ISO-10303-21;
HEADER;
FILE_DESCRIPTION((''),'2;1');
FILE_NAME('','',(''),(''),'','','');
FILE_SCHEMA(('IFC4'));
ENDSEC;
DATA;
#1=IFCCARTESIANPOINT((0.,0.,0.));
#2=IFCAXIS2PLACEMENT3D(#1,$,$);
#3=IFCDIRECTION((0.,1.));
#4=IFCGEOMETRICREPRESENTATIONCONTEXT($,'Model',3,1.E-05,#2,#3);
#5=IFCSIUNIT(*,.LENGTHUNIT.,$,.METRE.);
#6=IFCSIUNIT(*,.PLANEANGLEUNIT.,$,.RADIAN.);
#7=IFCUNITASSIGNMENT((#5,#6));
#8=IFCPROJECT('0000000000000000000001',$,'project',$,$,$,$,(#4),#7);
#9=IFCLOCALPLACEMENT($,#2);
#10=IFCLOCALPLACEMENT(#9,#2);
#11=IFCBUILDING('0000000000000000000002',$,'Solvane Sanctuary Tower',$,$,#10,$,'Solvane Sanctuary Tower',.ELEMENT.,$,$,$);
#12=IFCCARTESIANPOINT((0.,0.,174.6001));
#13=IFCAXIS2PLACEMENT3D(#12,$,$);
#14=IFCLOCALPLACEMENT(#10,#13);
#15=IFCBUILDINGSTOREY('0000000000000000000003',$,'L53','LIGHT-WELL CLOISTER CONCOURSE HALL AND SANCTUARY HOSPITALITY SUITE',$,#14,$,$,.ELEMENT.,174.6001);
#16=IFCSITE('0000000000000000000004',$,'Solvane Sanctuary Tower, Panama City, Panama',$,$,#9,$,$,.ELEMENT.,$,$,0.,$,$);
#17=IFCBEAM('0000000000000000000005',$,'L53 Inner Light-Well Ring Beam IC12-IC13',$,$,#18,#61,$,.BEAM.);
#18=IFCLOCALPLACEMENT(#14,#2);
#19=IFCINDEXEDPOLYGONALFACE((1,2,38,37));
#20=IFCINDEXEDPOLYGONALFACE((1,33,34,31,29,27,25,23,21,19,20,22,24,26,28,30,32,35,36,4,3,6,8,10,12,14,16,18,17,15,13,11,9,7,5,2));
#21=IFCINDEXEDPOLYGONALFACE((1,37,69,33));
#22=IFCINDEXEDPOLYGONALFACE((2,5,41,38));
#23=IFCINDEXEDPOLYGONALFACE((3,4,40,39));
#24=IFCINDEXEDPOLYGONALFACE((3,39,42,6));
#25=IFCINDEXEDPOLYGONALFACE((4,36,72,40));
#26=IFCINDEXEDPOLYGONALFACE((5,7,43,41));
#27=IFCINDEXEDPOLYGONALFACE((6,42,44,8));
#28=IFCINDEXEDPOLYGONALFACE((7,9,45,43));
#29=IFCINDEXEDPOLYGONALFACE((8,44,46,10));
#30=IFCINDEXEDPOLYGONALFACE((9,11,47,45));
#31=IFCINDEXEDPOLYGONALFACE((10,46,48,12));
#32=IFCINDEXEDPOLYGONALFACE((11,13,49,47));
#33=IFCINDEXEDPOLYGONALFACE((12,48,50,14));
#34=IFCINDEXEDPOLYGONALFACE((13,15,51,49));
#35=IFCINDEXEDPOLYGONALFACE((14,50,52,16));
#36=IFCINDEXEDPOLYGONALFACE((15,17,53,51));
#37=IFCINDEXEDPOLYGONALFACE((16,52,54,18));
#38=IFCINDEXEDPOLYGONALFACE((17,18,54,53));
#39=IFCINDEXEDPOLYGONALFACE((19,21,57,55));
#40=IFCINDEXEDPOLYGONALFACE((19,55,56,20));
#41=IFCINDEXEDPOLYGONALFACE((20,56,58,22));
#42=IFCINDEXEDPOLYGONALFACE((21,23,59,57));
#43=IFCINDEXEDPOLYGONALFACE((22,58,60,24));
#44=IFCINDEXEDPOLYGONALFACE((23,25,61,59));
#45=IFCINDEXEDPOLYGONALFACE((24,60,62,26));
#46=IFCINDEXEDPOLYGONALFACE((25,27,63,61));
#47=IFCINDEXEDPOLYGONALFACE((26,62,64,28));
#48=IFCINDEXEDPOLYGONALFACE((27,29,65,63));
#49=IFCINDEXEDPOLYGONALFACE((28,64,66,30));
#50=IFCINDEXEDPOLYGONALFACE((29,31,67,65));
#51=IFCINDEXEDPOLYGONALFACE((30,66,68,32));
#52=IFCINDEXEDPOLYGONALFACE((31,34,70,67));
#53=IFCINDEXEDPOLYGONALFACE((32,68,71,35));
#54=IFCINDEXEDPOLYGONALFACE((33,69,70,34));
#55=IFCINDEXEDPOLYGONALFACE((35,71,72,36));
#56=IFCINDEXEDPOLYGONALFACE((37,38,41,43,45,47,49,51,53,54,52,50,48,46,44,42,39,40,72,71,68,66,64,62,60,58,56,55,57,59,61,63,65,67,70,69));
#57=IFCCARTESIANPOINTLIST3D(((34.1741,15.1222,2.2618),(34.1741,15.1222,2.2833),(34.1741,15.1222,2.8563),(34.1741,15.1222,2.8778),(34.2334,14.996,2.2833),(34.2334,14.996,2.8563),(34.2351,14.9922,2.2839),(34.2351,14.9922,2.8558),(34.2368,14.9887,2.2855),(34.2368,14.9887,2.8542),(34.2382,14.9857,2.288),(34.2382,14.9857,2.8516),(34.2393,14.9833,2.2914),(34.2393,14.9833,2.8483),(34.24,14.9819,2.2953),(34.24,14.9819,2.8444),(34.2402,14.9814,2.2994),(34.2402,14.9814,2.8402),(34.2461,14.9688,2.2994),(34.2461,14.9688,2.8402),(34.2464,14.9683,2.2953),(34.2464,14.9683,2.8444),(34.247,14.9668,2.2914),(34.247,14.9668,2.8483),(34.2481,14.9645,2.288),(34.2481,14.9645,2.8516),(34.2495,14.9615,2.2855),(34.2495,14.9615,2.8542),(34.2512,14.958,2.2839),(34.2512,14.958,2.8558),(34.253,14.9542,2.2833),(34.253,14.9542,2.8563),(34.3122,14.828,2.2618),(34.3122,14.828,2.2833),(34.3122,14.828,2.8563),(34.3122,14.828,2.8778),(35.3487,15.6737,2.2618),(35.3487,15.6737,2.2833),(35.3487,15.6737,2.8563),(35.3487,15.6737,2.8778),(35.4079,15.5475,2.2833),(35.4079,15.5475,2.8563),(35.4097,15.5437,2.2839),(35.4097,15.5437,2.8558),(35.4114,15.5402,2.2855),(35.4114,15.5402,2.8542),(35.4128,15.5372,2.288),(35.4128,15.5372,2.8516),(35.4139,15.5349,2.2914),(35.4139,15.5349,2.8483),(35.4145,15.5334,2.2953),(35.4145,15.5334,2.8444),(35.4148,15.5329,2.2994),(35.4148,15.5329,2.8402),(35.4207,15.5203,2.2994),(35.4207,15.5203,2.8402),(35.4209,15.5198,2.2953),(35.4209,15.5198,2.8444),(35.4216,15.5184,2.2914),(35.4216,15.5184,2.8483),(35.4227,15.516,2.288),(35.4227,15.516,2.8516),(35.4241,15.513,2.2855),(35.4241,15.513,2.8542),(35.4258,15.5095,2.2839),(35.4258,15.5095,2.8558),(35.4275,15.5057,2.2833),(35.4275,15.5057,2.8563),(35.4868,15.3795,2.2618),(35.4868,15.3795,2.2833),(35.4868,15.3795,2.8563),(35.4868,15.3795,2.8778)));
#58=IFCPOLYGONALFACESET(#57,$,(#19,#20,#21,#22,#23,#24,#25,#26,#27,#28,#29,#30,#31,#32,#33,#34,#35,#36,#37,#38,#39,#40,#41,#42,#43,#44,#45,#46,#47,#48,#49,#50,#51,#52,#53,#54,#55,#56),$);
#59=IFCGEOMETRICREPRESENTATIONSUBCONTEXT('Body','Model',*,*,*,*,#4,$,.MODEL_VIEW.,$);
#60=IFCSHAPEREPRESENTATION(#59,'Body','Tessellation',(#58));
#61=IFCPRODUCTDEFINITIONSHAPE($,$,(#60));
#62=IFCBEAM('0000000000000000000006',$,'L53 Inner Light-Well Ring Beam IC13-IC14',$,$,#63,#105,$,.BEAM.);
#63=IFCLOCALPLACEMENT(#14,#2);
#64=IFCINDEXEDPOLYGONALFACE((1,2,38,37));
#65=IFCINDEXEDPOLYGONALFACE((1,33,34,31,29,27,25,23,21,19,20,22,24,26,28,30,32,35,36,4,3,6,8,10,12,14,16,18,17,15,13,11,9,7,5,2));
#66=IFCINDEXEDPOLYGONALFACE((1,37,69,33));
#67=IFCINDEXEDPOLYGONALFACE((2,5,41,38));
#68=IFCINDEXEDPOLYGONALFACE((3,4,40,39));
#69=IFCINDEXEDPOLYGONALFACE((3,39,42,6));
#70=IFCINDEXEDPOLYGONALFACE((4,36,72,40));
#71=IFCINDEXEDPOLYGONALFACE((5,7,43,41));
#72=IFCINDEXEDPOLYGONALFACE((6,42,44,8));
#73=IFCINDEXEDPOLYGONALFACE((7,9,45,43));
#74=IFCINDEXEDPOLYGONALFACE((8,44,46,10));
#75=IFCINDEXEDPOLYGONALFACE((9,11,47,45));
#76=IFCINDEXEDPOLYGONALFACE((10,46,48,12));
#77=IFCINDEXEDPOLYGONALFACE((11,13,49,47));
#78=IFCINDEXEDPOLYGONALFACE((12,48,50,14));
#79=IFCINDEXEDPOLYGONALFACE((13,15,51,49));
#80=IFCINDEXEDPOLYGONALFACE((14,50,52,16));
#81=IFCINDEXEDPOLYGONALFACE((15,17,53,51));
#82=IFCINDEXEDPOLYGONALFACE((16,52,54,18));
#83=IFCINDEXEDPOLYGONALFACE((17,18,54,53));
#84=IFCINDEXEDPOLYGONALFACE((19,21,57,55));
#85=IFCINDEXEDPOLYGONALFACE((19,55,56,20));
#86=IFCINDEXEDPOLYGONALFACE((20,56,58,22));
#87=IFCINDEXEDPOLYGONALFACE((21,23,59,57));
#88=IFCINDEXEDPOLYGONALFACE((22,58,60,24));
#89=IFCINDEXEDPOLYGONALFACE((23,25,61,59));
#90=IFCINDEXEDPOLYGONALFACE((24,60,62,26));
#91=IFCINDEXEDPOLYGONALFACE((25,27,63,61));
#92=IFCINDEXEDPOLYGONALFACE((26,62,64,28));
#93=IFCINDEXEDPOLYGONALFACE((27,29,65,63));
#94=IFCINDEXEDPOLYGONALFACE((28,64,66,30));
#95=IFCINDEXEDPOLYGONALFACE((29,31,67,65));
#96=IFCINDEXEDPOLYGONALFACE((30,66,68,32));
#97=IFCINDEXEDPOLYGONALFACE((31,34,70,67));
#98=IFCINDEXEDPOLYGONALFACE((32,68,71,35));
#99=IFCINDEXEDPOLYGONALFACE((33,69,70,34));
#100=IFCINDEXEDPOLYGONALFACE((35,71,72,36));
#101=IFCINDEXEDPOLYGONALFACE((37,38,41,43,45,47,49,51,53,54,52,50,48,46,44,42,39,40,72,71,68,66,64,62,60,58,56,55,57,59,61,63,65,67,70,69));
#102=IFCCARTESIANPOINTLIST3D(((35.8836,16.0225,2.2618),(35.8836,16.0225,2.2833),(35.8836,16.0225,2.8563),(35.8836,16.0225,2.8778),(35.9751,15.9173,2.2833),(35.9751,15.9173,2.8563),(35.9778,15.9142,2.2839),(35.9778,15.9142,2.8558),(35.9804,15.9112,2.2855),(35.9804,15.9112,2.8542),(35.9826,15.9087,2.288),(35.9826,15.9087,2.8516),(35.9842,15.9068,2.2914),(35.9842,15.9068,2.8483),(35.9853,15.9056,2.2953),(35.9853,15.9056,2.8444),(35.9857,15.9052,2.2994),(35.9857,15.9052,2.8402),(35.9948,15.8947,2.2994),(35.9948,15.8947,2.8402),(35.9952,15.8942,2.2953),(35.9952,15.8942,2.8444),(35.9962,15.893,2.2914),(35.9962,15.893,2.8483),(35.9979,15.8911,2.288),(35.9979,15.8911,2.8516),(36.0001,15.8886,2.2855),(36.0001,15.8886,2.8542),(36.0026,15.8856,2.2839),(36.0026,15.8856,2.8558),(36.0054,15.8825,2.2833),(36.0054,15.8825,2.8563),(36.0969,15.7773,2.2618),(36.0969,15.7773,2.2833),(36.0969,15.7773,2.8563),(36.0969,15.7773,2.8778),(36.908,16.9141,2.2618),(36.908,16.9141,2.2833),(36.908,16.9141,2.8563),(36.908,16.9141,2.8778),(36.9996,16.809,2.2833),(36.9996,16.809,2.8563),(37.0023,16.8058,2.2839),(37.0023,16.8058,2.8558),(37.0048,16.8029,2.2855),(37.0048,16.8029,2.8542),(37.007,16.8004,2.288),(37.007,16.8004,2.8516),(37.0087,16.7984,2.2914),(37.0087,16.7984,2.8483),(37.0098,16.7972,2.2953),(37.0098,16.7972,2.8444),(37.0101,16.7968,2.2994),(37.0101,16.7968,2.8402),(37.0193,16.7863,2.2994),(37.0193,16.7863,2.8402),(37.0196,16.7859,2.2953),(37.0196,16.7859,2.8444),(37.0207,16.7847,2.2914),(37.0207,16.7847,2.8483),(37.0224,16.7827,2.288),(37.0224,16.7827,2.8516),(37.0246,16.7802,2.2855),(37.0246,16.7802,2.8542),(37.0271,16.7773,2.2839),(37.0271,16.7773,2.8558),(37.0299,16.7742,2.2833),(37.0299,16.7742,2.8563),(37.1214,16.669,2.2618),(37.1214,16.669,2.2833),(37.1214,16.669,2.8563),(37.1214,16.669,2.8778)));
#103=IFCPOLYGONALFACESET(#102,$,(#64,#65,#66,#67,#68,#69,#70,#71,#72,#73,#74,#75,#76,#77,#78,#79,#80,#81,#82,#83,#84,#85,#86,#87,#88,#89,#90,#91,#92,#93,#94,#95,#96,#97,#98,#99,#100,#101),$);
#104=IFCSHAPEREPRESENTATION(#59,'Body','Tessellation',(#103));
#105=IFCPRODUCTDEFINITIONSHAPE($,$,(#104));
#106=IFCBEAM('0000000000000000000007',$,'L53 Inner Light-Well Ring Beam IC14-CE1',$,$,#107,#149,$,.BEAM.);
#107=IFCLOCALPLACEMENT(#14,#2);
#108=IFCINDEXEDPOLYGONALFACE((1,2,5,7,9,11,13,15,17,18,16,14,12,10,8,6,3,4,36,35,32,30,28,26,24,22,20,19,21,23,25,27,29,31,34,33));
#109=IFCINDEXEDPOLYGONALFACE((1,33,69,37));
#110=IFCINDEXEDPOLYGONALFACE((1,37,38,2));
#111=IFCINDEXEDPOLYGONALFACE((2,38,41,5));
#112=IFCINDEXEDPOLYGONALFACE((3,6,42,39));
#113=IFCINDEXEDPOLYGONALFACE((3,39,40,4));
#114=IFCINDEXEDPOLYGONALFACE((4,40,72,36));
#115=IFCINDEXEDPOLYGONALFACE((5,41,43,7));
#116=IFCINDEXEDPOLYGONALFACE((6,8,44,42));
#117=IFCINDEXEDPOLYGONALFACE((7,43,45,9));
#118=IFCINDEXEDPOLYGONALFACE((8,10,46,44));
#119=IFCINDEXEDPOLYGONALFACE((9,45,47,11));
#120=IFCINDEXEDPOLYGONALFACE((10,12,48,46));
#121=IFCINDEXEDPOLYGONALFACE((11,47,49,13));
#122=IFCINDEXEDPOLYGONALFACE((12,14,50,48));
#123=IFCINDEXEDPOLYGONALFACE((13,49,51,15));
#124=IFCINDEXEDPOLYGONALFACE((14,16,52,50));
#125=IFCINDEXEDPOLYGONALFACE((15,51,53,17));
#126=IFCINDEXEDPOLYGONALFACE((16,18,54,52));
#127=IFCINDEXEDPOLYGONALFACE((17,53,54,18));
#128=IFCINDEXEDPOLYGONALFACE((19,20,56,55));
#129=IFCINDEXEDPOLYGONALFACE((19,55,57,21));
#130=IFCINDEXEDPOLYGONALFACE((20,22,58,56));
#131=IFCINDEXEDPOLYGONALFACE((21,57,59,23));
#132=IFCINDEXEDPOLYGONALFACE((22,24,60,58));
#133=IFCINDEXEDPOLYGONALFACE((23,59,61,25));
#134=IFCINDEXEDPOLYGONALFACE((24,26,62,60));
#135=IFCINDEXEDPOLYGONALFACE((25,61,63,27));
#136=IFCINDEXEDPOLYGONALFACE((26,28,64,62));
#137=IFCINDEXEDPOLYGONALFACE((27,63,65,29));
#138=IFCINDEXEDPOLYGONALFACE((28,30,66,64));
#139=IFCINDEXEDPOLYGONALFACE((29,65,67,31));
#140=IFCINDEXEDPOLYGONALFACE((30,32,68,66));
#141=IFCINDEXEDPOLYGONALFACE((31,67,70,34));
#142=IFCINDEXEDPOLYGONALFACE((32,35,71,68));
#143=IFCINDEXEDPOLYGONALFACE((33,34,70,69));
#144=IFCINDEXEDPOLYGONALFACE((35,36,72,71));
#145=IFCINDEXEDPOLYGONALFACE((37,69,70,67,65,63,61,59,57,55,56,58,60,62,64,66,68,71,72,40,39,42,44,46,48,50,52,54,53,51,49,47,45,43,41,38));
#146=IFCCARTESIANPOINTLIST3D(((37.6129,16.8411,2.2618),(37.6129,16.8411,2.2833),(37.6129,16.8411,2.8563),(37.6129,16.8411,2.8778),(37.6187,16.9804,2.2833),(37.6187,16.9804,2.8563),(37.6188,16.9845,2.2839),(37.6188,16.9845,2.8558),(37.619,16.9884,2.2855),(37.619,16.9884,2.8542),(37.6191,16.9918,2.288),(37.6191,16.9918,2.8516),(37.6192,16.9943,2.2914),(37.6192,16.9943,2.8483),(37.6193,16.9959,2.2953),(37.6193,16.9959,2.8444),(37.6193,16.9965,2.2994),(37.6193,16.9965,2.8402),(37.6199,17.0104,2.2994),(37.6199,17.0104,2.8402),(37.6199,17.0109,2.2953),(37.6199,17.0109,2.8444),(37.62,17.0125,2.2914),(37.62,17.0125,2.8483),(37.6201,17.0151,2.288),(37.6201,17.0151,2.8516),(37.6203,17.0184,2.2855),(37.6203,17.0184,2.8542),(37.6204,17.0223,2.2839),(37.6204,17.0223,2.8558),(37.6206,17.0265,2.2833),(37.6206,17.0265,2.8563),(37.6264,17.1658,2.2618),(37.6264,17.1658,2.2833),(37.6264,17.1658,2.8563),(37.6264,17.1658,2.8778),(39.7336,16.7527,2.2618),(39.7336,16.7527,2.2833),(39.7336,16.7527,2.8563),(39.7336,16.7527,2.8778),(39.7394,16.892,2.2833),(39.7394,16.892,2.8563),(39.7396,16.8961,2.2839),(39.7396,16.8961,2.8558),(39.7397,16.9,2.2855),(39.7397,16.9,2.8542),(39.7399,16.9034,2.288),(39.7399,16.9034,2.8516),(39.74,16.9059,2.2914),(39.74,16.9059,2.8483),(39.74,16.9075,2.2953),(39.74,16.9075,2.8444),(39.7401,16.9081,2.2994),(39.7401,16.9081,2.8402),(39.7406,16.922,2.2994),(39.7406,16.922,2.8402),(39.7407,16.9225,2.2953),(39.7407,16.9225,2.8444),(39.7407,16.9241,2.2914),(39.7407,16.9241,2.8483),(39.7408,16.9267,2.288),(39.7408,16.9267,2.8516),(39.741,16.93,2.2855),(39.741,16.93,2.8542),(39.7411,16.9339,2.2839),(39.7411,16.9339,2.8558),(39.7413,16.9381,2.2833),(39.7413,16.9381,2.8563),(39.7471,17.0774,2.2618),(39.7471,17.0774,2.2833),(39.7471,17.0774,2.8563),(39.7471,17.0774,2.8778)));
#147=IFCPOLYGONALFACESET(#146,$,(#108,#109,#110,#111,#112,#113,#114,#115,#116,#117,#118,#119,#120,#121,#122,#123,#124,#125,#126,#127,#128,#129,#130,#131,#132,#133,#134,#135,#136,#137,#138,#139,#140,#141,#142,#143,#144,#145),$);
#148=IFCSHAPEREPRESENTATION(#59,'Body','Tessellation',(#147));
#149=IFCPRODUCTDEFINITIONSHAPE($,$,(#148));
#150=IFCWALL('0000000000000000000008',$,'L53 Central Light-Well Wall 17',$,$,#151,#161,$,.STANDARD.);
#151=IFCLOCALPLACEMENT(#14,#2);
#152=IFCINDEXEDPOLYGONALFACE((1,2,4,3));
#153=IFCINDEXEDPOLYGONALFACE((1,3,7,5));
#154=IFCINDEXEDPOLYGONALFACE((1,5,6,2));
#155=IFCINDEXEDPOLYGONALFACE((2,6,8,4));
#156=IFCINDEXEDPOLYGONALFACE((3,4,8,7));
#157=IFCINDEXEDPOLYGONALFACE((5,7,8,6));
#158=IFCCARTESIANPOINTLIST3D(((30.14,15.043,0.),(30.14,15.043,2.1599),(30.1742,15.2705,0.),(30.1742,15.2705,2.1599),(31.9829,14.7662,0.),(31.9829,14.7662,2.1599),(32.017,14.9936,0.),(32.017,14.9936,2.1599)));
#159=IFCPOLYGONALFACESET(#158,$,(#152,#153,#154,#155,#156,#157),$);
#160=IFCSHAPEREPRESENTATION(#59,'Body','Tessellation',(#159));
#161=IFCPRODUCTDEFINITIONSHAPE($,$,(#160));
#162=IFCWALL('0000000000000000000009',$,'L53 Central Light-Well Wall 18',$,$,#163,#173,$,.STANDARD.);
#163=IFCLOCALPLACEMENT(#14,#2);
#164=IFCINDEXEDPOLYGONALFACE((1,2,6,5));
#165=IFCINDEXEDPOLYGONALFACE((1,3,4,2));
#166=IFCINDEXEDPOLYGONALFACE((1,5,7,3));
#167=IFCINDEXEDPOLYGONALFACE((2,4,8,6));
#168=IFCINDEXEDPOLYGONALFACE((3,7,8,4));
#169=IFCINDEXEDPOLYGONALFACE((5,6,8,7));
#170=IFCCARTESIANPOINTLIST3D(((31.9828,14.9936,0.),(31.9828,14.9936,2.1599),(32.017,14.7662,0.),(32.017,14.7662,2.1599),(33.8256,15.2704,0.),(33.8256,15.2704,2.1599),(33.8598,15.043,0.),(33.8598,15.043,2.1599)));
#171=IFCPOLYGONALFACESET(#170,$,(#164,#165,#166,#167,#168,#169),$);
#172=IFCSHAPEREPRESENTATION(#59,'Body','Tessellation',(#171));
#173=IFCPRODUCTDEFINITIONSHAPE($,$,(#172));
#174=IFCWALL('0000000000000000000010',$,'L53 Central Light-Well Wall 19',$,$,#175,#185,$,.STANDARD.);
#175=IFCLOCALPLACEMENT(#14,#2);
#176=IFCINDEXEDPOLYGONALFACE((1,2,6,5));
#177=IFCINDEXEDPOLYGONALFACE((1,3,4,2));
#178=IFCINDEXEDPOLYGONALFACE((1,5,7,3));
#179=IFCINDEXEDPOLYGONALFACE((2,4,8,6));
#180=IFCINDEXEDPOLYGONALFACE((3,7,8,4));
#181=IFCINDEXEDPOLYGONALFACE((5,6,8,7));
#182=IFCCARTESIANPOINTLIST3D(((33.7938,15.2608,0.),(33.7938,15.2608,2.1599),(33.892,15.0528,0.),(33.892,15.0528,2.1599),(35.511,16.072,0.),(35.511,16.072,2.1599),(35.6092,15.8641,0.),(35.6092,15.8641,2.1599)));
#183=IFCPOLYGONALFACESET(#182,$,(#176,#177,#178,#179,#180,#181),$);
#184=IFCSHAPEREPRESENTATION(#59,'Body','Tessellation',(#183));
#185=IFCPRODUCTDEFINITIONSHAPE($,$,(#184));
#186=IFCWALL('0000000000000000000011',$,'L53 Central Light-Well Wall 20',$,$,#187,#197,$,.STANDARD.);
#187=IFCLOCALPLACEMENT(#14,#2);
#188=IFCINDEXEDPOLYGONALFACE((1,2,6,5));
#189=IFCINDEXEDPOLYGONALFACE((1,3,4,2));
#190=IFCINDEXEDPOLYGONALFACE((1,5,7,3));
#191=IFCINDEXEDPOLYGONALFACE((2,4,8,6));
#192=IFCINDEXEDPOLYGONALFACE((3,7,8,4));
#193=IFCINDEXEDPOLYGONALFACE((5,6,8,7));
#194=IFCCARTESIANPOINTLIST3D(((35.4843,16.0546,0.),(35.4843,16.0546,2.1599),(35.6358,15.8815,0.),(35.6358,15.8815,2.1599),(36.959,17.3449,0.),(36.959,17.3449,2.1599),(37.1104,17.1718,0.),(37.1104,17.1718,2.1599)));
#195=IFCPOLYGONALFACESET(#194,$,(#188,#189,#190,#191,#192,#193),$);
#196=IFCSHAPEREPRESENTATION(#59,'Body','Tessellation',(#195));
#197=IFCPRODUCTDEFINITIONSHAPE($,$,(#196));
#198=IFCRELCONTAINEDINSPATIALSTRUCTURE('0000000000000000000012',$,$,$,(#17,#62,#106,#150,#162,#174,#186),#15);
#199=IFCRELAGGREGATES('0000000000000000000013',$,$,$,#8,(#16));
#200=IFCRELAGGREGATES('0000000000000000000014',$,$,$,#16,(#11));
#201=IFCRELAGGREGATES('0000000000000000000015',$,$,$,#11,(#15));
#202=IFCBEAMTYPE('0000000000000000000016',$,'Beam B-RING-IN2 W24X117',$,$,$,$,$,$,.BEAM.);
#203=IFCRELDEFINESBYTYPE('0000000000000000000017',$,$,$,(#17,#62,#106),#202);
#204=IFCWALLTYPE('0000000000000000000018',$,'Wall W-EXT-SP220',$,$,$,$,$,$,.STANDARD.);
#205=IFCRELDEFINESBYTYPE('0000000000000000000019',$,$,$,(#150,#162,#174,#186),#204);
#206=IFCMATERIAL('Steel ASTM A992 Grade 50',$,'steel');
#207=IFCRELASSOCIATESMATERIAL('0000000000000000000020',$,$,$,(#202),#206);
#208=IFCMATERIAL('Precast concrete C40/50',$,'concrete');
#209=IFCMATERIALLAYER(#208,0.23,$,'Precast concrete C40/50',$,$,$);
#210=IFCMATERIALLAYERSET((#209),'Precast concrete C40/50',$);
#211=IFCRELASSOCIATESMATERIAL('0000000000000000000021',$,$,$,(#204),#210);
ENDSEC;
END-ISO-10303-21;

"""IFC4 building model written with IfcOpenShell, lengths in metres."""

from ifc_helpers import new_model, si_unit, direction, frame, frame_2d, origin, origin_2d, place, context, subcontext, project, spatial, rectangle, i_section, extrude, material, layer, layer_set, material_profile, profile_set, type_object, element, save


model = new_model("IFC4")

# Units and contexts
model_context = context("Model", 3, precision=1e-05, world=origin(), true_north=direction((0.0, 1.0)))
body_context = subcontext(model_context, "Body", "Model", "MODEL_VIEW")
ifc_project = project(units=[si_unit("LENGTHUNIT", "METRE"), si_unit("PLANEANGLEUNIT", "RADIAN")], contexts=[model_context])

# Site, building, storey
site_placement = place(None, origin())
site = spatial("IfcSite", under=ifc_project, at=site_placement, Name="Solvane Sanctuary Tower, Panama City, Panama", CompositionType="ELEMENT", RefElevation=0.0)
building_placement = place(site_placement, origin())
building = spatial("IfcBuilding", under=site, at=building_placement, Name="Solvane Sanctuary Tower", LongName="Solvane Sanctuary Tower", CompositionType="ELEMENT")
storey_placement = place(building_placement, frame((0.0, 0.0, 174.6001)))
storey = spatial("IfcBuildingStorey", under=building, at=storey_placement, Name="L53", Description="LIGHT-WELL CLOISTER CONCOURSE HALL AND SANCTUARY HOSPITALITY SUITE", CompositionType="ELEMENT", Elevation=174.6001)

# Beams
ifc_material_1 = material(Name="Steel ASTM A992 Grade 50", Category="steel")
ifc_material_profile_1 = material_profile(ifc_material_1, i_section(OverallWidth=0.325, OverallDepth=0.616, WebThickness=0.0139, FlangeThickness=0.0215, FilletRadius=0.0161, at=origin_2d()), Name="W24X117")
ifc_profile_set_1 = profile_set([ifc_material_profile_1], Name="Steel ASTM A992 Grade 50")
beam_type_1 = type_object("IfcBeamType", Name="Beam B-RING-IN2 W24X117", PredefinedType="BEAM", material=ifc_profile_set_1)
beam_1_placement = place(storey_placement, frame((34.2432, 14.9751, 2.5698), z_axis=(0.905181, 0.425027, 0.0), x_axis=(-0.425027, 0.905181, 0.0)))
element("IfcBeam", 1, at=beam_1_placement, inside=storey, type_object=beam_type_1, Name="L53 Inner Light-Well Ring Beam IC12-IC13", PredefinedType="BEAM", context=body_context, shape_type="SweptSolid", body=[
    extrude(i_section(OverallWidth=0.325, OverallDepth=0.616, WebThickness=0.0139, FlangeThickness=0.0215, FilletRadius=0.0161, at=origin_2d()), origin(), (0.0, 0.0, 1.0), 1.2976),
])
beam_2_placement = place(storey_placement, frame((35.9902, 15.8999, 2.5698), z_axis=(0.754311, 0.656517, 0.0), x_axis=(-0.656517, 0.754311, 0.0)))
element("IfcBeam", 2, at=beam_2_placement, inside=storey, type_object=beam_type_1, Name="L53 Inner Light-Well Ring Beam IC13-IC14", PredefinedType="BEAM", context=body_context, shape_type="SweptSolid", body=[
    extrude(i_section(OverallWidth=0.325, OverallDepth=0.616, WebThickness=0.0139, FlangeThickness=0.0215, FilletRadius=0.0161, at=origin_2d()), origin(), (0.0, 0.0, 1.0), 1.3582),
])
beam_3_placement = place(storey_placement, frame((37.6196, 17.0034, 2.5698), z_axis=(0.999133, -0.04164, 0.0), x_axis=(0.04164, 0.999133, 0.0)))
element("IfcBeam", 3, at=beam_3_placement, inside=storey, type_object=beam_type_1, Name="L53 Inner Light-Well Ring Beam IC14-CE1", PredefinedType="BEAM", context=body_context, shape_type="SweptSolid", body=[
    extrude(i_section(OverallWidth=0.325, OverallDepth=0.616, WebThickness=0.0139, FlangeThickness=0.0215, FilletRadius=0.0161, at=origin_2d()), origin(), (0.0, 0.0, 1.0), 2.1226),
])

# Walls
ifc_material_2 = material(Name="Precast concrete C40/50", Category="concrete")
ifc_layer_1 = layer(ifc_material_2, 0.23, Name="Precast concrete C40/50")
ifc_layer_set_1 = layer_set([ifc_layer_1], Name="Precast concrete C40/50")
wall_type_1 = type_object("IfcWallType", Name="Wall W-EXT-SP220", PredefinedType="STANDARD", material=ifc_layer_set_1)
for number, where, z_axis, x_axis, name in (
    (4, (30.1572, 15.1567, 0.0), (0.0, 0.0, 1.0), (0.988902, -0.148571, 0.0), "L53 Central Light-Well Wall 17"),
    (5, (32.0, 14.8799, 0.0), (0.0, 0.0, 1.0), (0.988902, 0.148571, 0.0), "L53 Central Light-Well Wall 18"),
):
    element("IfcWall", number, at=place(storey_placement, frame(where, z_axis=z_axis, x_axis=x_axis)), inside=storey, type_object=wall_type_1, Name=name, PredefinedType="STANDARD", context=body_context, shape_type="SweptSolid", body=[
        extrude(rectangle(XDim=1.8635, YDim=0.23, at=frame_2d((0.9316, 0.0))), origin(), (0.0, 0.0, 1.0), 2.1599),
    ])
wall_1_placement = place(storey_placement, frame((33.8428, 15.1567, 0.0), z_axis=(0.0, 0.0, 1.0), x_axis=(0.90418, 0.427152, 0.0)))
element("IfcWall", 6, at=wall_1_placement, inside=storey, type_object=wall_type_1, Name="L53 Central Light-Well Wall 19", PredefinedType="STANDARD", context=body_context, shape_type="SweptSolid", body=[
    extrude(rectangle(XDim=1.8992, YDim=0.23, at=frame_2d((0.9497, 0.0))), origin(), (0.0, 0.0, 1.0), 2.1599),
])
wall_2_placement = place(storey_placement, frame((35.5601, 15.968, 0.0), z_axis=(0.0, 0.0, 1.0), x_axis=(0.752577, 0.658505, 0.0)))
element("IfcWall", 7, at=wall_2_placement, inside=storey, type_object=wall_type_1, Name="L53 Central Light-Well Wall 20", PredefinedType="STANDARD", context=body_context, shape_type="SweptSolid", body=[
    extrude(rectangle(XDim=1.9595, YDim=0.23, at=frame_2d((0.9797, 0.0))), origin(), (0.0, 0.0, 1.0), 2.1599),
])

save(model, "model.ifc")
